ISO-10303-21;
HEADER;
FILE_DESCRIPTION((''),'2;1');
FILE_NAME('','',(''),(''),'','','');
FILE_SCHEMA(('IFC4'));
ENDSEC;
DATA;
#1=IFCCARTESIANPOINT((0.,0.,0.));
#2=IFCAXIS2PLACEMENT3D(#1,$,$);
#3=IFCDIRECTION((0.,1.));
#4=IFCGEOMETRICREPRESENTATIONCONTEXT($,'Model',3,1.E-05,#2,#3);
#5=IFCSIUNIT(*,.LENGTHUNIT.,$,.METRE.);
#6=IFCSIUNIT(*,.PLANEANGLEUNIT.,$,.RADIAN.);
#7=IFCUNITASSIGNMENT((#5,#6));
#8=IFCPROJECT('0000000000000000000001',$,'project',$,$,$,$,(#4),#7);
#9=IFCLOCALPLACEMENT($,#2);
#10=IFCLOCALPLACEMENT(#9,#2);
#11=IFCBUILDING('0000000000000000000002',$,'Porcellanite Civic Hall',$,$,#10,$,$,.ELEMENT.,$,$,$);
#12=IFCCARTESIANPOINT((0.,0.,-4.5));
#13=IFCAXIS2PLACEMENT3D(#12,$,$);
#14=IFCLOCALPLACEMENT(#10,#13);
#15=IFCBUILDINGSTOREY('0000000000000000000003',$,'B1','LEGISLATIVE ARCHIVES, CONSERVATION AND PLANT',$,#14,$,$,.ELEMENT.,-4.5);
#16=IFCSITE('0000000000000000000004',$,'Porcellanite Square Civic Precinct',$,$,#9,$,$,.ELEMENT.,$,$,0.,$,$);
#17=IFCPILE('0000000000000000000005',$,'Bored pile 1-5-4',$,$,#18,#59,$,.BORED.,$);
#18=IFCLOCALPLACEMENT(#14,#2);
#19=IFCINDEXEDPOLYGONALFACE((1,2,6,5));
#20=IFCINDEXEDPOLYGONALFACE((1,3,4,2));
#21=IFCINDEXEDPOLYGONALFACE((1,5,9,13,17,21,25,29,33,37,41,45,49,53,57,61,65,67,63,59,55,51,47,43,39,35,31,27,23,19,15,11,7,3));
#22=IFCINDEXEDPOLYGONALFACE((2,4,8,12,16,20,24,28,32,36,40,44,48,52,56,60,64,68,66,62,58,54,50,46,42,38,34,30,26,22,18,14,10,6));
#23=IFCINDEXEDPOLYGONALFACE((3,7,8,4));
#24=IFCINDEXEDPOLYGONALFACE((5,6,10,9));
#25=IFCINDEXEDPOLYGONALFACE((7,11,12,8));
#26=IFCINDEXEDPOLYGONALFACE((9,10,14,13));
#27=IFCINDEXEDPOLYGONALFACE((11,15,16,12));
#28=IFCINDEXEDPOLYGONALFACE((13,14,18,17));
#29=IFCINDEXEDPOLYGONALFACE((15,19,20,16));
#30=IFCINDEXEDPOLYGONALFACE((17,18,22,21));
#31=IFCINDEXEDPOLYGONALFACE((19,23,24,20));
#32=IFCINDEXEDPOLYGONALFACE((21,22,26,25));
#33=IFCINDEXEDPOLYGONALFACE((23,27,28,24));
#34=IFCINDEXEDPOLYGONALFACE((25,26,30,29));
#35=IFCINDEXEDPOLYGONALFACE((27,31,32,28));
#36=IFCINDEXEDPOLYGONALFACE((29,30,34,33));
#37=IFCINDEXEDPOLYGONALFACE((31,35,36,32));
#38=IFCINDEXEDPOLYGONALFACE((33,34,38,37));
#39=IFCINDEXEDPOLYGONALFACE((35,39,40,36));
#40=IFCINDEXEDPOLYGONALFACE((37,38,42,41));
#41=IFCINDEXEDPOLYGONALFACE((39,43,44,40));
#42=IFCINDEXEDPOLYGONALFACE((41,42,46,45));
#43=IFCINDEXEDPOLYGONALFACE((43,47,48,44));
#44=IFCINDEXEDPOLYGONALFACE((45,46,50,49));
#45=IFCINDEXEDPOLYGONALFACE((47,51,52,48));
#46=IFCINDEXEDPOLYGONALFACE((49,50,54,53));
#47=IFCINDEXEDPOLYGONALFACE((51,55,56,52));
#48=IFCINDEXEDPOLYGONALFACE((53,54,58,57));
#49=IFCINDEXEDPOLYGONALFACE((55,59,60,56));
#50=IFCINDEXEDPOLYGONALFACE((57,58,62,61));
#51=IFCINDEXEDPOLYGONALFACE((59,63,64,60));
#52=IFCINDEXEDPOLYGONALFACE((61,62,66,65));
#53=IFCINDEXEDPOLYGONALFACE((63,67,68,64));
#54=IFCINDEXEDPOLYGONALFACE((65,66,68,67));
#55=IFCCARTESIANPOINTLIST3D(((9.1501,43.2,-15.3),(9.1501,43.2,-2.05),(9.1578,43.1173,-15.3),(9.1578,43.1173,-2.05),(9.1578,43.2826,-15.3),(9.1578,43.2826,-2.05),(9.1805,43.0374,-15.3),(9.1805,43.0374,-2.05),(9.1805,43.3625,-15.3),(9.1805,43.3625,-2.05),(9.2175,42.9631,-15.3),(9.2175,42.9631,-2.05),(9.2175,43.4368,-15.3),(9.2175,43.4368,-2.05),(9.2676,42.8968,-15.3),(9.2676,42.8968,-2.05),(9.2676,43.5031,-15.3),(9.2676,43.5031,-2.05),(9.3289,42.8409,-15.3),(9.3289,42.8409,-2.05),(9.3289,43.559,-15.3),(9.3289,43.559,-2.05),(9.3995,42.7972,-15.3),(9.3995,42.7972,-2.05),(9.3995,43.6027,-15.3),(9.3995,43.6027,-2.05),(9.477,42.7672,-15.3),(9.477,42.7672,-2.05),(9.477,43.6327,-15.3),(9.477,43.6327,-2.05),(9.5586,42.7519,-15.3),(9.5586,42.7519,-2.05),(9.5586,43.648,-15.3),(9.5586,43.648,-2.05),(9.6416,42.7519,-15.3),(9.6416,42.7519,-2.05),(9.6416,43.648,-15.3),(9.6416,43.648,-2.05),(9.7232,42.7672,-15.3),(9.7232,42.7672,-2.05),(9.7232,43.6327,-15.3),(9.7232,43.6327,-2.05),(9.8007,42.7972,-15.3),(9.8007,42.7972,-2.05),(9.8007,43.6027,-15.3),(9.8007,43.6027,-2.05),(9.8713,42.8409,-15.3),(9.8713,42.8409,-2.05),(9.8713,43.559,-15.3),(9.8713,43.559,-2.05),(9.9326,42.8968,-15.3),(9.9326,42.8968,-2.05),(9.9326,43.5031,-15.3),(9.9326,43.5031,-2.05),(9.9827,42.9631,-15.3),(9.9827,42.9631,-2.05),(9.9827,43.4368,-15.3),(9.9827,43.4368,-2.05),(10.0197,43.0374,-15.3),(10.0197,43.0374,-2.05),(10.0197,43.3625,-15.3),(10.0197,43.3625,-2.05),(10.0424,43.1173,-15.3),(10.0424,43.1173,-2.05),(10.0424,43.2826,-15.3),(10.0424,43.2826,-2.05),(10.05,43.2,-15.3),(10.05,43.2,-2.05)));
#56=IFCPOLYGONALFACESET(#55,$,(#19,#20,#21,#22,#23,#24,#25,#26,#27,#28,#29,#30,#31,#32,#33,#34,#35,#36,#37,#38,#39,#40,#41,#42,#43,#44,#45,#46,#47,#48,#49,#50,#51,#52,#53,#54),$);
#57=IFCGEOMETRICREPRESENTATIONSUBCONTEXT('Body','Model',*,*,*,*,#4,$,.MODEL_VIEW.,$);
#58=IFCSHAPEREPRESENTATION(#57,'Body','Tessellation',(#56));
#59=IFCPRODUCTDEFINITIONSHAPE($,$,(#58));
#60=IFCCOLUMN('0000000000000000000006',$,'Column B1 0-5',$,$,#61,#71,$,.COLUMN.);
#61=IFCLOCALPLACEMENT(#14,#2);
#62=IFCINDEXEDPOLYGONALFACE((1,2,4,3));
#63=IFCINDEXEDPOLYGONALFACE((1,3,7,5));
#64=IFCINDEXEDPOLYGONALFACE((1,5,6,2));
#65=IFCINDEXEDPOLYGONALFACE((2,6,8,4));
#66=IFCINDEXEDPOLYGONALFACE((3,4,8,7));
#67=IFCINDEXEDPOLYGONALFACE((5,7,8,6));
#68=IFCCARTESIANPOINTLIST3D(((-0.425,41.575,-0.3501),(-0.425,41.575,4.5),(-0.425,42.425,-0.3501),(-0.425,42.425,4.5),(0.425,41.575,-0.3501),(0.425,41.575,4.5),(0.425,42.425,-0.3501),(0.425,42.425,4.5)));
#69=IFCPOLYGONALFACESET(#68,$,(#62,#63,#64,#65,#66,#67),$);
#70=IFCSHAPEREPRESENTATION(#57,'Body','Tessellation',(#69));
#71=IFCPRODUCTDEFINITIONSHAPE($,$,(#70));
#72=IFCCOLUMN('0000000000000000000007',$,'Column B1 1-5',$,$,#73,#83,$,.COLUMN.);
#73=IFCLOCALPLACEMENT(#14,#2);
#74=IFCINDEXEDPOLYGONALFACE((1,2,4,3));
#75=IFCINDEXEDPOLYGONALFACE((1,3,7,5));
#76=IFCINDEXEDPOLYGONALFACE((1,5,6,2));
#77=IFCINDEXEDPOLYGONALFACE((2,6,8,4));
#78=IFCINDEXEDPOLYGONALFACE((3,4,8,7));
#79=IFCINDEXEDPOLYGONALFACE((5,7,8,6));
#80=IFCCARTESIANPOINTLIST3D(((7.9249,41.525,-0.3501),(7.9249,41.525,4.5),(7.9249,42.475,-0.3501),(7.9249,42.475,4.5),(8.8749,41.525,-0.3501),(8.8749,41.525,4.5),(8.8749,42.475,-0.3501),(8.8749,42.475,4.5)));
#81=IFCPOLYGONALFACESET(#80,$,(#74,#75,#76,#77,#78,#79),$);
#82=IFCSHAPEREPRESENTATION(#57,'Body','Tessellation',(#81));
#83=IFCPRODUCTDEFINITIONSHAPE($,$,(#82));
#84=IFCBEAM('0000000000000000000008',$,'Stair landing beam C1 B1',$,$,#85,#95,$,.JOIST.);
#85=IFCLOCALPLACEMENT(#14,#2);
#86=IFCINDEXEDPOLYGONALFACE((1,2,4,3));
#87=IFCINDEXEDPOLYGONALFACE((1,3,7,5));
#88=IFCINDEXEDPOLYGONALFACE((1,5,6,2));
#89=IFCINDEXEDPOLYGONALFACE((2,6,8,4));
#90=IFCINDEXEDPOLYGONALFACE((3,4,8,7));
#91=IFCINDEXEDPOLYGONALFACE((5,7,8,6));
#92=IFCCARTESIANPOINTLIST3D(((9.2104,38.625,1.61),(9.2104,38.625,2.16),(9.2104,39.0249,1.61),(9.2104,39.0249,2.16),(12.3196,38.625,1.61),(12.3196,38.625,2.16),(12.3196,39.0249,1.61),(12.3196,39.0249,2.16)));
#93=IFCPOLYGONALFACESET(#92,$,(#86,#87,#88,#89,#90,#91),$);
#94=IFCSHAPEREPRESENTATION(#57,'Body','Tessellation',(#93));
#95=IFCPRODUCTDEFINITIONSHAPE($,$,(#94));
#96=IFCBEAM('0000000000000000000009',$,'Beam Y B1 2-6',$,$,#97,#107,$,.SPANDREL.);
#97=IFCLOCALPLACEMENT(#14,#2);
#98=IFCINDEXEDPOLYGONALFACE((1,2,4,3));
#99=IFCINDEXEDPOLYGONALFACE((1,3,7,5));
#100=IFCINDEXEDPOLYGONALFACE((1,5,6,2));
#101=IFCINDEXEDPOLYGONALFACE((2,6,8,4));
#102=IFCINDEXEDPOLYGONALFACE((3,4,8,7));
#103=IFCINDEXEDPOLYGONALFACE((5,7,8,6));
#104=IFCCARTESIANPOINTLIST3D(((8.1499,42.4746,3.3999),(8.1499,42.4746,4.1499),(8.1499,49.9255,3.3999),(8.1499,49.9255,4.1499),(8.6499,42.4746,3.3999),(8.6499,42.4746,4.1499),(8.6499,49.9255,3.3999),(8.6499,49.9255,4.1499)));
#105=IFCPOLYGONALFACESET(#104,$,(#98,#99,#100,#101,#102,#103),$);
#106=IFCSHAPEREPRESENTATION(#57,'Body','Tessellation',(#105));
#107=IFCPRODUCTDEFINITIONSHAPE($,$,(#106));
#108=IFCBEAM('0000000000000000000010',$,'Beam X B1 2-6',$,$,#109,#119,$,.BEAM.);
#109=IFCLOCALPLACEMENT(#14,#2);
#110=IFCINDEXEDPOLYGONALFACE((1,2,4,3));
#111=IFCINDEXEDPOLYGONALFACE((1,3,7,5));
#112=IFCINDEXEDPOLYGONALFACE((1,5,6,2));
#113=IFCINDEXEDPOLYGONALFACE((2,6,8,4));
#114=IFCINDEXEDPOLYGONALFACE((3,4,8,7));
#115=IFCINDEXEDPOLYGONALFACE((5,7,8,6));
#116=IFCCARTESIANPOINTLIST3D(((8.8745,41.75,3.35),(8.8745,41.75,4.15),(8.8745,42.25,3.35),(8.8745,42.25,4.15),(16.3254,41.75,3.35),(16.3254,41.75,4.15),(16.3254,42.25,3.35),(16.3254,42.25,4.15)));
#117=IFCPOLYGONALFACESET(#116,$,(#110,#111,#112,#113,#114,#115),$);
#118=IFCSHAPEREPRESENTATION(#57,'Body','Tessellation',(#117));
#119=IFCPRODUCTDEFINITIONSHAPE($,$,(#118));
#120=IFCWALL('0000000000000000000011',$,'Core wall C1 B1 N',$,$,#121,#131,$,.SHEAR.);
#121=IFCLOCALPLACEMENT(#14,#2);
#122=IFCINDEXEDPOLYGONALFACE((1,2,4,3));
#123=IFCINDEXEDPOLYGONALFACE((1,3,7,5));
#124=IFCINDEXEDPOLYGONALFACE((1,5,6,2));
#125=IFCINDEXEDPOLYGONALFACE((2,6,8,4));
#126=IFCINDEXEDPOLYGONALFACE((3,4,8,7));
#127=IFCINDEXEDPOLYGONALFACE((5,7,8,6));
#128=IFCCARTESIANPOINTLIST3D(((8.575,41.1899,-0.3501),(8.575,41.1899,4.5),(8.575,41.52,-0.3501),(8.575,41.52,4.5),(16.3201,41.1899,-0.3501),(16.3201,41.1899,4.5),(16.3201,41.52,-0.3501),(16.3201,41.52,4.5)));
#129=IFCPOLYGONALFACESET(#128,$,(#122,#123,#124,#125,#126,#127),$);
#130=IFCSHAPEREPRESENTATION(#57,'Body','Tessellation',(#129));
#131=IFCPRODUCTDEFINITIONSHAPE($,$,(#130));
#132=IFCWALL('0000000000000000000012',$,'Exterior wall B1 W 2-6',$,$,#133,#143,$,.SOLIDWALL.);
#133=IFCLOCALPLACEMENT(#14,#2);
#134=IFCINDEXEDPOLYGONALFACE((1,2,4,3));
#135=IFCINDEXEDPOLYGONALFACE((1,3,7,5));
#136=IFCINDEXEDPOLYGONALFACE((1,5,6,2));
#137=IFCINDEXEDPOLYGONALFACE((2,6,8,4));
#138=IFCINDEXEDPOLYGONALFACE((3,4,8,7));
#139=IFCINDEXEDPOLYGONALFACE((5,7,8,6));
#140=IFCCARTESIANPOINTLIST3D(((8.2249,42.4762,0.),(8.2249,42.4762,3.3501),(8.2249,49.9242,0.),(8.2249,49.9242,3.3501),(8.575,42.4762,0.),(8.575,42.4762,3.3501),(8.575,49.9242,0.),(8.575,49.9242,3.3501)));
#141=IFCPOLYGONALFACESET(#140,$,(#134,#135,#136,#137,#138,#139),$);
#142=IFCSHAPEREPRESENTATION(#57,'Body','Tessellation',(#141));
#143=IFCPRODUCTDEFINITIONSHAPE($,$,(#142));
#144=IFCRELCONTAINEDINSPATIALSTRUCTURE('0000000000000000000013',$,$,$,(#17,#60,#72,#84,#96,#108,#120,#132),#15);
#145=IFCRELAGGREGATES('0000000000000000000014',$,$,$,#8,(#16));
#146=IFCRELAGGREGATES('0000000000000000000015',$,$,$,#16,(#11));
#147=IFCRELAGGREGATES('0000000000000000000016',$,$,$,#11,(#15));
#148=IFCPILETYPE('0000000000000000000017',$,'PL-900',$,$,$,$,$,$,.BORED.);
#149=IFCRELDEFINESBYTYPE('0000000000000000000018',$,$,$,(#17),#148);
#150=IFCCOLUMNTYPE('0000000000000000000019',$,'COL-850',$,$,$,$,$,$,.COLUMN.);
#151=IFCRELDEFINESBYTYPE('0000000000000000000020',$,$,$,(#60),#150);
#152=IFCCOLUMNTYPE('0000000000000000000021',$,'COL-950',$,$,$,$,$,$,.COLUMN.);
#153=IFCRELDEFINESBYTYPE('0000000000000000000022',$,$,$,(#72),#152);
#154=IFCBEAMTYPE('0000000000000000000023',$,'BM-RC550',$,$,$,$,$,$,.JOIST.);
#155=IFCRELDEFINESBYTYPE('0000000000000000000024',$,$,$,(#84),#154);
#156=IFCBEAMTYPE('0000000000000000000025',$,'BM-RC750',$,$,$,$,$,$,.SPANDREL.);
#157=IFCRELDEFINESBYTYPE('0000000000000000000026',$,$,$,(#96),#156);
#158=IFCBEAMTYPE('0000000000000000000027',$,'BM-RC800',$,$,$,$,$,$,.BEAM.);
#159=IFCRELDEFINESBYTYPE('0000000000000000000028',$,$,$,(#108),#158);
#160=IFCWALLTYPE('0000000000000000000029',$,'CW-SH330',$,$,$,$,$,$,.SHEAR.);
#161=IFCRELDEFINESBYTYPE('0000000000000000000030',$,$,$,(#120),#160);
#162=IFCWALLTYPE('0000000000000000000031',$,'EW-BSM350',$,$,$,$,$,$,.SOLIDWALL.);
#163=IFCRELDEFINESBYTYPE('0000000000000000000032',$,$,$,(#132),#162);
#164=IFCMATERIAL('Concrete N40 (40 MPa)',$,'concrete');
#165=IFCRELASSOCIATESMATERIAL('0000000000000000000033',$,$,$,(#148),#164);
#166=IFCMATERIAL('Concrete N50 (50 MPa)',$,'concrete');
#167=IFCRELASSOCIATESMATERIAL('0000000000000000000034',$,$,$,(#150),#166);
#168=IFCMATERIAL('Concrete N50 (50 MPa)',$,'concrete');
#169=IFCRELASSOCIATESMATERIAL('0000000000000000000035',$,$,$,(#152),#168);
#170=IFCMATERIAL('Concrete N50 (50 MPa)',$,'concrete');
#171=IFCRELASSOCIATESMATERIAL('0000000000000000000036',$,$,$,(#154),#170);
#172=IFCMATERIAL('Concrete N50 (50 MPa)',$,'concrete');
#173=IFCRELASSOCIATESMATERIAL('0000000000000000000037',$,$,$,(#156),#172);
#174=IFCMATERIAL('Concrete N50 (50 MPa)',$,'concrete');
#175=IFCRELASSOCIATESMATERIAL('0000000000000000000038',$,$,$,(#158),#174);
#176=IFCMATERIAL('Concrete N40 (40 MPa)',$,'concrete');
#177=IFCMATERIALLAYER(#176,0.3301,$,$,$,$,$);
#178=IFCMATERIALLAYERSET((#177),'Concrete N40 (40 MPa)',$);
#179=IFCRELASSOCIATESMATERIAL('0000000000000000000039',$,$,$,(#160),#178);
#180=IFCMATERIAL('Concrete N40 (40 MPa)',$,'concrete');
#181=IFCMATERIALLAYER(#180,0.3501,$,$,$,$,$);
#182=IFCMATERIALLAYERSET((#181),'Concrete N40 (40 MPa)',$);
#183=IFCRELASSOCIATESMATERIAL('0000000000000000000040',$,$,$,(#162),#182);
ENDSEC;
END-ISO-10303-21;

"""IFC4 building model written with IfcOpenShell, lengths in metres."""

from ifc_helpers import new_model, si_unit, direction, frame, frame_2d, origin, origin_2d, place, context, subcontext, project, spatial, rectangle, circle, extrude, material, layer, layer_set, material_profile, profile_set, type_object, element, save


model = new_model("IFC4")

# Units and contexts
model_context = context("Model", 3, precision=1e-05, world=origin(), true_north=direction((0.0, 1.0)))
body_context = subcontext(model_context, "Body", "Model", "MODEL_VIEW")
ifc_project = project(units=[si_unit("LENGTHUNIT", "METRE"), si_unit("PLANEANGLEUNIT", "RADIAN")], contexts=[model_context])

# Site, building, storey
site_placement = place(None, origin())
site = spatial("IfcSite", under=ifc_project, at=site_placement, Name="Porcellanite Square Civic Precinct", CompositionType="ELEMENT", RefElevation=0.0)
building_placement = place(site_placement, origin())
building = spatial("IfcBuilding", under=site, at=building_placement, Name="Porcellanite Civic Hall", CompositionType="ELEMENT")
storey_placement = place(building_placement, frame((0.0, 0.0, -4.5)))
storey = spatial("IfcBuildingStorey", under=building, at=storey_placement, Name="B1", Description="LEGISLATIVE ARCHIVES, CONSERVATION AND PLANT", CompositionType="ELEMENT", Elevation=-4.5)

# Pile
ifc_material_1 = material(Name="Concrete N40 (40 MPa)", Category="concrete")
ifc_material_profile_1 = material_profile(ifc_material_1, circle(Radius=0.45, at=origin_2d()), Name="PILE-D900")
ifc_profile_set_1 = profile_set([ifc_material_profile_1], Name="Concrete N40 (40 MPa)")
pile_type_1 = type_object("IfcPileType", Name="PL-900", PredefinedType="BORED", material=ifc_profile_set_1)
for number, where, z_axis, x_axis, name in (
    (1, (9.6001, 43.2, -2.05), (0.0, 0.0, -1.0), (1.0, 0.0, 0.0), "Bored pile 1-5-4"),
):
    element("IfcPile", number, at=place(storey_placement, frame(where, z_axis=z_axis, x_axis=x_axis)), inside=storey, type_object=pile_type_1, Name=name, PredefinedType="BORED", context=body_context, shape_type="SweptSolid", body=[
        extrude(circle(Radius=0.45, at=origin_2d()), origin(), (0.0, 0.0, 1.0), 13.25),
    ])

# Columns
ifc_material_2 = material(Name="Concrete N50 (50 MPa)", Category="concrete")
ifc_material_profile_2 = material_profile(ifc_material_2, rectangle(XDim=0.8501, YDim=0.8501, at=origin_2d()), Name="RC-850x850")
ifc_profile_set_2 = profile_set([ifc_material_profile_2], Name="Concrete N50 (50 MPa)")
column_type_1 = type_object("IfcColumnType", Name="COL-850", PredefinedType="COLUMN", material=ifc_profile_set_2)
column_1_placement = place(storey_placement, frame((0.0, 42.0, -0.3501), z_axis=(0.0, 0.0, 1.0), x_axis=(1.0, 0.0, 0.0)))
element("IfcColumn", 2, at=column_1_placement, inside=storey, type_object=column_type_1, Name="Column B1 0-5", PredefinedType="COLUMN", context=body_context, shape_type="SweptSolid", body=[
    extrude(rectangle(XDim=0.8501, YDim=0.8501, at=origin_2d()), origin(), (0.0, 0.0, 1.0), 4.8501),
])
ifc_material_3 = material(Name="Concrete N50 (50 MPa)", Category="concrete")
ifc_material_profile_3 = material_profile(ifc_material_3, rectangle(XDim=0.95, YDim=0.95, at=origin_2d()), Name="RC-950x950")
ifc_profile_set_3 = profile_set([ifc_material_profile_3], Name="Concrete N50 (50 MPa)")
column_type_2 = type_object("IfcColumnType", Name="COL-950", PredefinedType="COLUMN", material=ifc_profile_set_3)
column_2_placement = place(storey_placement, frame((8.3999, 42.0, -0.3501), z_axis=(0.0, 0.0, 1.0), x_axis=(1.0, 0.0, 0.0)))
element("IfcColumn", 3, at=column_2_placement, inside=storey, type_object=column_type_2, Name="Column B1 1-5", PredefinedType="COLUMN", context=body_context, shape_type="SweptSolid", body=[
    extrude(rectangle(XDim=0.95, YDim=0.95, at=origin_2d()), origin(), (0.0, 0.0, 1.0), 4.8501),
])

# Beams
ifc_material_4 = material(Name="Concrete N50 (50 MPa)", Category="concrete")
ifc_material_profile_4 = material_profile(ifc_material_4, rectangle(XDim=0.3999, YDim=0.55, at=origin_2d()), Name="RC-400x550")
ifc_profile_set_4 = profile_set([ifc_material_profile_4], Name="Concrete N50 (50 MPa)")
beam_type_1 = type_object("IfcBeamType", Name="BM-RC550", PredefinedType="JOIST", material=ifc_profile_set_4)
beam_1_placement = place(storey_placement, frame((9.2104, 38.825, 1.885), z_axis=(1.0, 0.0, 0.0), x_axis=(0.0, 1.0, 0.0)))
element("IfcBeam", 4, at=beam_1_placement, inside=storey, type_object=beam_type_1, Name="Stair landing beam C1 B1", PredefinedType="JOIST", context=body_context, shape_type="SweptSolid", body=[
    extrude(rectangle(XDim=0.3999, YDim=0.55, at=origin_2d()), origin(), (0.0, 0.0, 1.0), 3.1091),
])
ifc_material_5 = material(Name="Concrete N50 (50 MPa)", Category="concrete")
ifc_material_profile_5 = material_profile(ifc_material_5, rectangle(XDim=0.5, YDim=0.75, at=origin_2d()), Name="RC-500x750")
ifc_profile_set_5 = profile_set([ifc_material_profile_5], Name="Concrete N50 (50 MPa)")
beam_type_2 = type_object("IfcBeamType", Name="BM-RC750", PredefinedType="SPANDREL", material=ifc_profile_set_5)
beam_2_placement = place(storey_placement, frame((8.3999, 42.4746, 3.7749), z_axis=(0.0, 1.0, 0.0), x_axis=(-1.0, 0.0, 0.0)))
element("IfcBeam", 5, at=beam_2_placement, inside=storey, type_object=beam_type_2, Name="Beam Y B1 2-6", PredefinedType="SPANDREL", context=body_context, shape_type="SweptSolid", body=[
    extrude(rectangle(XDim=0.5, YDim=0.75, at=origin_2d()), origin(), (0.0, 0.0, 1.0), 7.4509),
])
ifc_material_6 = material(Name="Concrete N50 (50 MPa)", Category="concrete")
ifc_material_profile_6 = material_profile(ifc_material_6, rectangle(XDim=0.5, YDim=0.8, at=origin_2d()), Name="RC-500x800")
ifc_profile_set_6 = profile_set([ifc_material_profile_6], Name="Concrete N50 (50 MPa)")
beam_type_3 = type_object("IfcBeamType", Name="BM-RC800", PredefinedType="BEAM", material=ifc_profile_set_6)
beam_3_placement = place(storey_placement, frame((8.8745, 42.0, 3.75), z_axis=(1.0, 0.0, 0.0), x_axis=(0.0, 1.0, 0.0)))
element("IfcBeam", 6, at=beam_3_placement, inside=storey, type_object=beam_type_3, Name="Beam X B1 2-6", PredefinedType="BEAM", context=body_context, shape_type="SweptSolid", body=[
    extrude(rectangle(XDim=0.5, YDim=0.8, at=origin_2d()), origin(), (0.0, 0.0, 1.0), 7.4509),
])

# Walls
ifc_material_7 = material(Name="Concrete N40 (40 MPa)", Category="concrete")
ifc_layer_1 = layer(ifc_material_7, 0.3301)
ifc_layer_set_1 = layer_set([ifc_layer_1], Name="Concrete N40 (40 MPa)")
wall_type_1 = type_object("IfcWallType", Name="CW-SH330", PredefinedType="SHEAR", material=ifc_layer_set_1)
wall_1_placement = place(storey_placement, frame((8.575, 41.355, -0.3501), z_axis=(0.0, 0.0, 1.0), x_axis=(1.0, 0.0, 0.0)))
element("IfcWall", 7, at=wall_1_placement, inside=storey, type_object=wall_type_1, Name="Core wall C1 B1 N", PredefinedType="SHEAR", context=body_context, shape_type="SweptSolid", body=[
    extrude(rectangle(XDim=7.7451, YDim=0.3301, at=frame_2d((3.8726, 0.0))), origin(), (0.0, 0.0, 1.0), 4.8501),
])
ifc_material_8 = material(Name="Concrete N40 (40 MPa)", Category="concrete")
ifc_layer_2 = layer(ifc_material_8, 0.3501)
ifc_layer_set_2 = layer_set([ifc_layer_2], Name="Concrete N40 (40 MPa)")
wall_type_2 = type_object("IfcWallType", Name="EW-BSM350", PredefinedType="SOLIDWALL", material=ifc_layer_set_2)
wall_2_placement = place(storey_placement, frame((8.3999, 42.4761, 0.0), z_axis=(0.0, 0.0, 1.0), x_axis=(0.0, 1.0, 0.0)))
element("IfcWall", 8, at=wall_2_placement, inside=storey, type_object=wall_type_2, Name="Exterior wall B1 W 2-6", PredefinedType="SOLIDWALL", context=body_context, shape_type="SweptSolid", body=[
    extrude(rectangle(XDim=7.448, YDim=0.3501, at=frame_2d((3.7241, 0.0))), origin(), (0.0, 0.0, 1.0), 3.3501),
])

save(model, "model.ifc")
